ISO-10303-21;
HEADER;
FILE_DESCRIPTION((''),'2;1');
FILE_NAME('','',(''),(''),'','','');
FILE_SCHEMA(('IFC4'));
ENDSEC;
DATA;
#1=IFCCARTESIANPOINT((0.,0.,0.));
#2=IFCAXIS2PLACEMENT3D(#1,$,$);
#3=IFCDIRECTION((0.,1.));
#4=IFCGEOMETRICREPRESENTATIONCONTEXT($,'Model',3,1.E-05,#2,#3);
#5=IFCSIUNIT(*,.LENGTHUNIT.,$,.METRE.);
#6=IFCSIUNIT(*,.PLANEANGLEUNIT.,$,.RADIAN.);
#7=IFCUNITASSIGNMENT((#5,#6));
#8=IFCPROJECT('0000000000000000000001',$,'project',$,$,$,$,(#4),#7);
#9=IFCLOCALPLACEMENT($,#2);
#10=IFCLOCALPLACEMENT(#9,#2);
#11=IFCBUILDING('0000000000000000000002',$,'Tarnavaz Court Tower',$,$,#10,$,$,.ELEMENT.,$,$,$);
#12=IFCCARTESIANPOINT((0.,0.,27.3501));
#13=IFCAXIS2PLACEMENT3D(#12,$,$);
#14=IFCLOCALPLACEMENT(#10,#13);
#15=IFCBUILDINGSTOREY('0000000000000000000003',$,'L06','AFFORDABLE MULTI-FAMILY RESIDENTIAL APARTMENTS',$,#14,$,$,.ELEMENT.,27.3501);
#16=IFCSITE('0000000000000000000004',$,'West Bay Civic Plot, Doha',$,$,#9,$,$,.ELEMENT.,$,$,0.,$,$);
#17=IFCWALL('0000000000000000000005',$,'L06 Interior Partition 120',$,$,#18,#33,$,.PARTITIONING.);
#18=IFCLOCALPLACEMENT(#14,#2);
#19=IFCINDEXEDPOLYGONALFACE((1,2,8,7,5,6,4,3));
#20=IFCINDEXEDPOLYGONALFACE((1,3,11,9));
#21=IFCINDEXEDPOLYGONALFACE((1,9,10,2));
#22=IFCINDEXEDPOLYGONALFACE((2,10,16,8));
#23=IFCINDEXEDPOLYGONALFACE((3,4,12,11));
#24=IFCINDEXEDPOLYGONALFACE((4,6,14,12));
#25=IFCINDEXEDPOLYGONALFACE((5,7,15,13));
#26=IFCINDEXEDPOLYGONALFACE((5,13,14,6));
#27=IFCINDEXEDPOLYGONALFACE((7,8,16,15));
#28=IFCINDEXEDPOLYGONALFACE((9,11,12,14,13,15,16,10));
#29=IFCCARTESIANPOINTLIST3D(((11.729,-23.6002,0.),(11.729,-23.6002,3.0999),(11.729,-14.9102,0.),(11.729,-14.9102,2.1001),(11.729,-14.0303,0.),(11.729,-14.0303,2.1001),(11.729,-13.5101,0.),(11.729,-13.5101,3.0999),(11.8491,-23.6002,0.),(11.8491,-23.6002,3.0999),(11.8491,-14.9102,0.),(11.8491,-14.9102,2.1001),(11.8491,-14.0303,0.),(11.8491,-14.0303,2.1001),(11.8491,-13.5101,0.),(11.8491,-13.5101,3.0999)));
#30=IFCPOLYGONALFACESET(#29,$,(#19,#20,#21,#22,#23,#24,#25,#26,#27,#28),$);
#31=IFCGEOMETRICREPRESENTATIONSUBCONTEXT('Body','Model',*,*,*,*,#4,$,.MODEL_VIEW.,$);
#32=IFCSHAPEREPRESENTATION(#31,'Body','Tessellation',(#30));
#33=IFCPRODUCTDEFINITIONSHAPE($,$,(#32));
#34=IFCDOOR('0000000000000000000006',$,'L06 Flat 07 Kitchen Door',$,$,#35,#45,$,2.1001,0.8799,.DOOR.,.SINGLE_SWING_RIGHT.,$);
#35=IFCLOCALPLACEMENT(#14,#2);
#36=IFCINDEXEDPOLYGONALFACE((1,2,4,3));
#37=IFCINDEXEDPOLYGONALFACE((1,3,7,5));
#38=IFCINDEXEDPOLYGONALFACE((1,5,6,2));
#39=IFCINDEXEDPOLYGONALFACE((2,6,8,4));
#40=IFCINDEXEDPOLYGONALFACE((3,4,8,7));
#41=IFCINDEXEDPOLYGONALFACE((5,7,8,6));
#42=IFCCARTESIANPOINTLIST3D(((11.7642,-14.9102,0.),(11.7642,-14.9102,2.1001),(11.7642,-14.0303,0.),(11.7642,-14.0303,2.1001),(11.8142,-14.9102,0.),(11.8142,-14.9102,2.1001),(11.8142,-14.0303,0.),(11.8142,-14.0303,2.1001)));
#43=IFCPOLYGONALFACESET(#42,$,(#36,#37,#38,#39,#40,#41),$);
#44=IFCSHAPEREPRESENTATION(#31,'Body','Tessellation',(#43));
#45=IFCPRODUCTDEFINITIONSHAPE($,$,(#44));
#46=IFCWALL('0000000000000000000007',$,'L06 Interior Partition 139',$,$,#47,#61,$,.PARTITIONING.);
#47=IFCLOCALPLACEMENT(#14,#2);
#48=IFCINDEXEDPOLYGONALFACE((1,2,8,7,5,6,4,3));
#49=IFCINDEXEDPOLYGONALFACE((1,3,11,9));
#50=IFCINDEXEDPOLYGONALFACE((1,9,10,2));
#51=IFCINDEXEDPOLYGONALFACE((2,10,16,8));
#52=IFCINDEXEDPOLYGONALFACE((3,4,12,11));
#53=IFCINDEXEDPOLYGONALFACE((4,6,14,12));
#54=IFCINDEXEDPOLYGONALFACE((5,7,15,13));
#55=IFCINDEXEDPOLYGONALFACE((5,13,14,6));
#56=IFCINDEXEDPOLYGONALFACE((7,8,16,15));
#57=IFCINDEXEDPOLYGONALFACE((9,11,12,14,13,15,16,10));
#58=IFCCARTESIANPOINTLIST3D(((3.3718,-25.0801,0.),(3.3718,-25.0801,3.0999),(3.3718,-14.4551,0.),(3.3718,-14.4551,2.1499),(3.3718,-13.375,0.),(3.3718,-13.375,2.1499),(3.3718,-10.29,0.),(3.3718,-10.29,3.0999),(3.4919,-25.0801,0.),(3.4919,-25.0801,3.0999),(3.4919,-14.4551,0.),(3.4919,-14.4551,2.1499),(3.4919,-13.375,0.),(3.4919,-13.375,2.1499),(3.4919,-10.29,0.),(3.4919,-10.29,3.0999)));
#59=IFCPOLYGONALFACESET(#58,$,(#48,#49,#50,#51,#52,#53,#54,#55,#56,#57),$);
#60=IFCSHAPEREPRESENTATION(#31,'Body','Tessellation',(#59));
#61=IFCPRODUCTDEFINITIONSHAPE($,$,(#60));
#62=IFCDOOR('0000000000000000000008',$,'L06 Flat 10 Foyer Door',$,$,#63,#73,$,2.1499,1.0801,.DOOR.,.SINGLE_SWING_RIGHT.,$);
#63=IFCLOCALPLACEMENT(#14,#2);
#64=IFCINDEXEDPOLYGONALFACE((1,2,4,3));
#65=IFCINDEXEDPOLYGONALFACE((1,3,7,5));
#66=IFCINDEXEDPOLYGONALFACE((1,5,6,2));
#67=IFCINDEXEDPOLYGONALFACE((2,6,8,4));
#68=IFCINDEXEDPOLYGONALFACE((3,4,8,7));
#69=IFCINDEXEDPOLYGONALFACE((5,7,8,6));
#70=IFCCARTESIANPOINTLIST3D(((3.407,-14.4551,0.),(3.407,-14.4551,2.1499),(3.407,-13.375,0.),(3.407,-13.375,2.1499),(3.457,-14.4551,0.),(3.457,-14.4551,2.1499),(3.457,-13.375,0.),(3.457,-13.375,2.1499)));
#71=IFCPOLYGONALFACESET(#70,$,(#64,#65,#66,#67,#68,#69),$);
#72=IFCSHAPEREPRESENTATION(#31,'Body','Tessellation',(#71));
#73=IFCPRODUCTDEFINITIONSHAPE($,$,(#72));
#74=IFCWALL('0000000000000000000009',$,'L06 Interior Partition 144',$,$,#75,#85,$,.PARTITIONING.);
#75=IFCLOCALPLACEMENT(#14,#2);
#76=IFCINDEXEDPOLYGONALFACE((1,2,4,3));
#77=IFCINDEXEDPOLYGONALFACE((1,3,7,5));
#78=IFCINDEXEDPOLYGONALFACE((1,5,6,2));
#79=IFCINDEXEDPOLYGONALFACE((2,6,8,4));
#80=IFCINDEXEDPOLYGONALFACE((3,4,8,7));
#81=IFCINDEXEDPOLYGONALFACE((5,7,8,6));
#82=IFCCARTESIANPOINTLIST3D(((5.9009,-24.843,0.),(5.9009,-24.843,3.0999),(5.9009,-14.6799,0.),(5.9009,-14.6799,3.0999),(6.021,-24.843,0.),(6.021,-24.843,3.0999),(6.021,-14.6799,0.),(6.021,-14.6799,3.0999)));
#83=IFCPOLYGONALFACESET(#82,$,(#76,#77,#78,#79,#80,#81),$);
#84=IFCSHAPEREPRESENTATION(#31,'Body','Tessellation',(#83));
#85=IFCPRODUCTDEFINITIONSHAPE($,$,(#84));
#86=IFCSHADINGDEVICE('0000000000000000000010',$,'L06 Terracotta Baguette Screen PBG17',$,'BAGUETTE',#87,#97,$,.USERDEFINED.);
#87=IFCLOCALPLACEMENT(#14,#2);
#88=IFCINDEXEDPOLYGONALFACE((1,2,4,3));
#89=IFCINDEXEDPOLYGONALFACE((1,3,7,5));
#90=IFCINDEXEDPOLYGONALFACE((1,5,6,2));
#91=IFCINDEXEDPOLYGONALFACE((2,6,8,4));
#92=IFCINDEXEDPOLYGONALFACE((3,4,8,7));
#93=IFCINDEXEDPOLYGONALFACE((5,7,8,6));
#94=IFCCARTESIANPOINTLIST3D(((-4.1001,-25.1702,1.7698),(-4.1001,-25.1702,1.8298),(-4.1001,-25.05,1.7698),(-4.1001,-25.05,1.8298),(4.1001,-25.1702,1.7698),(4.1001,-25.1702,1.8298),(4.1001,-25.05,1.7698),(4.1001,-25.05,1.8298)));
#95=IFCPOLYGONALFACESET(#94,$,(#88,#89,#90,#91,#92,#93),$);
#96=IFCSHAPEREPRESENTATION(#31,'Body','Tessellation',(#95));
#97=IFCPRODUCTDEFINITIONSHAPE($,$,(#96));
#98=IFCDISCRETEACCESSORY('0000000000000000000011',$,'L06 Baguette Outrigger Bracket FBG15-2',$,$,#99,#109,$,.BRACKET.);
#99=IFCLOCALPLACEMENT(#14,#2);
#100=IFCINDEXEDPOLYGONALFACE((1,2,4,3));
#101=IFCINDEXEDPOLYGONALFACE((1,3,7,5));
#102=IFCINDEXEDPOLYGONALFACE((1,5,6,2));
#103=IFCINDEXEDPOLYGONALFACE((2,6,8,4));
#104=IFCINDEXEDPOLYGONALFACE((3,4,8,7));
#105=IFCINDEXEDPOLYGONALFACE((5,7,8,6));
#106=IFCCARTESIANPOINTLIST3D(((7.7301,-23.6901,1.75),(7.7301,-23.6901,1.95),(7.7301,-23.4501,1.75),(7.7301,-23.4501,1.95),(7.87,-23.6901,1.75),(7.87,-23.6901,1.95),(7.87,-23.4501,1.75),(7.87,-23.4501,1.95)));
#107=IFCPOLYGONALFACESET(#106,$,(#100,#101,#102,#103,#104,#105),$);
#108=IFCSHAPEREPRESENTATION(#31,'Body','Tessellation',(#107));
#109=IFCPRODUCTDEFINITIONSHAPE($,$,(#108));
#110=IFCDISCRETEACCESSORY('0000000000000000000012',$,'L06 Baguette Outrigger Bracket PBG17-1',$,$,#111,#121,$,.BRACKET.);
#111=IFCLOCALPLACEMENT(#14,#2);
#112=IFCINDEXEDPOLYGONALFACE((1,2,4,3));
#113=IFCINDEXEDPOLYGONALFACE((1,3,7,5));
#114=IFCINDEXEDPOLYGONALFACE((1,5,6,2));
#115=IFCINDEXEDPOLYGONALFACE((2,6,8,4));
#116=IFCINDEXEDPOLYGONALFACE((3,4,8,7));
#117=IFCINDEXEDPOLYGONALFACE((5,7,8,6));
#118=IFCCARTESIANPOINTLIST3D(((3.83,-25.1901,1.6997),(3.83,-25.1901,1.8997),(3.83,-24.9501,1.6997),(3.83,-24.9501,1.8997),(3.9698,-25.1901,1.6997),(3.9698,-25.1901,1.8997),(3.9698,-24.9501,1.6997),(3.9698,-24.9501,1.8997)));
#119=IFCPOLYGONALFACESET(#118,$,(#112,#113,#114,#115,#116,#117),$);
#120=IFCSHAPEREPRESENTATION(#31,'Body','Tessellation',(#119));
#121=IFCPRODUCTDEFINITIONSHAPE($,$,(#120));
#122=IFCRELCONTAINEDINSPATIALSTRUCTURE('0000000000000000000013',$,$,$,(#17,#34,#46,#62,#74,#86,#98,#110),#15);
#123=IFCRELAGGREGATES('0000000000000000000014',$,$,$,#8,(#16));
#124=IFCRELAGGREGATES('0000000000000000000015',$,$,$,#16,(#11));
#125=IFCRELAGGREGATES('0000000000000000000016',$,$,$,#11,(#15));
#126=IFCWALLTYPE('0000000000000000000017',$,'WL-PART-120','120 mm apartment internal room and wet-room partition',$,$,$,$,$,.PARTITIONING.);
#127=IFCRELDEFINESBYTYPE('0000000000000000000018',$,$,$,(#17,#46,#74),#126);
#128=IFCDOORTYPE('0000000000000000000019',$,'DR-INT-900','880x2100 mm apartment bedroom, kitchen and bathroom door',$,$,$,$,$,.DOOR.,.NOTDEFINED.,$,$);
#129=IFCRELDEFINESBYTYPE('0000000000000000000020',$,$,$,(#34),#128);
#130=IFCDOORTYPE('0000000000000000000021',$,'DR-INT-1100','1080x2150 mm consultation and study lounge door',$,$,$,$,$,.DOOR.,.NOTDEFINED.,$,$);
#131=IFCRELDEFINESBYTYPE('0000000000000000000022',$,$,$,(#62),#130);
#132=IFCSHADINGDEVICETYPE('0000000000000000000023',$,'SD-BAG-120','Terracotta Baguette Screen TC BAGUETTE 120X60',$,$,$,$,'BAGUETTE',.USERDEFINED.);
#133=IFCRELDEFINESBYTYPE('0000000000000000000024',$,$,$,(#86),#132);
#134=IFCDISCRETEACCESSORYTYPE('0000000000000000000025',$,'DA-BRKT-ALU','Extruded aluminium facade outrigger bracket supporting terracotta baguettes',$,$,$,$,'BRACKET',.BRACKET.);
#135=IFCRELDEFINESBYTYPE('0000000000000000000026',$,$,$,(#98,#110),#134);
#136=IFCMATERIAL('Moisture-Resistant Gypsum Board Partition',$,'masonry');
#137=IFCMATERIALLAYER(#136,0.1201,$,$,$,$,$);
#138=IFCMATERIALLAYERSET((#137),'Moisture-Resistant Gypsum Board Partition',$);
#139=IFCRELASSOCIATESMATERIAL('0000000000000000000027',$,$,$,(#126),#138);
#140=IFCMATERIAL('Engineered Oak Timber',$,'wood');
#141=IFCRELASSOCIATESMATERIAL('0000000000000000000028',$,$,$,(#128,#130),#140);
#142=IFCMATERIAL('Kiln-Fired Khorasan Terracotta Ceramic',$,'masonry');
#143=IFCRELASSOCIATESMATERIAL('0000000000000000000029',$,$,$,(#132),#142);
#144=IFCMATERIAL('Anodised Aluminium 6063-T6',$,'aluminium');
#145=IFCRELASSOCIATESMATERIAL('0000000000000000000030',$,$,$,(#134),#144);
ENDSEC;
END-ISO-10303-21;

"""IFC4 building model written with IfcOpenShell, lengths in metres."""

from ifc_helpers import new_model, si_unit, direction, frame, frame_2d, origin, origin_2d, place, context, subcontext, project, spatial, rectangle, extrude, material, layer, layer_set, material_profile, profile_set, type_object, element, fill, save


model = new_model("IFC4")

# Units and contexts
model_context = context("Model", 3, precision=1e-05, world=origin(), true_north=direction((0.0, 1.0)))
body_context = subcontext(model_context, "Body", "Model", "MODEL_VIEW")
ifc_project = project(units=[si_unit("LENGTHUNIT", "METRE"), si_unit("PLANEANGLEUNIT", "RADIAN")], contexts=[model_context])

# Site, building, storey
site_placement = place(None, origin())
site = spatial("IfcSite", under=ifc_project, at=site_placement, Name="West Bay Civic Plot, Doha", CompositionType="ELEMENT", RefElevation=0.0)
building_placement = place(site_placement, origin())
building = spatial("IfcBuilding", under=site, at=building_placement, Name="Tarnavaz Court Tower", CompositionType="ELEMENT")
storey_placement = place(building_placement, frame((0.0, 0.0, 27.3501)))
storey = spatial("IfcBuildingStorey", under=building, at=storey_placement, Name="L06", Description="AFFORDABLE MULTI-FAMILY RESIDENTIAL APARTMENTS", CompositionType="ELEMENT", Elevation=27.3501)

# Shared definitions
ifc_material_1 = material(Name="Anodised Aluminium 6063-T6", Category="aluminium")

# Walls, openings, doors
ifc_material_2 = material(Name="Moisture-Resistant Gypsum Board Partition", Category="masonry")
ifc_layer_1 = layer(ifc_material_2, 0.1201)
ifc_layer_set_1 = layer_set([ifc_layer_1], Name="Moisture-Resistant Gypsum Board Partition")
wall_type_1 = type_object("IfcWallType", Name="WL-PART-120", Description="120 mm apartment internal room and wet-room partition", PredefinedType="PARTITIONING", material=ifc_layer_set_1)
wall_1_placement = place(storey_placement, frame((11.7891, -23.6001, 0.0), z_axis=(0.0, 0.0, 1.0), x_axis=(0.0, 1.0, 0.0)))
wall_1 = element("IfcWall", 1, at=wall_1_placement, inside=storey, type_object=wall_type_1, Name="L06 Interior Partition 120", PredefinedType="PARTITIONING", context=body_context, shape_type="SweptSolid", body=[
    extrude(rectangle(XDim=10.0901, YDim=0.1201, at=frame_2d((5.0449, 0.0))), origin(), (0.0, 0.0, 1.0), 3.0999),
])
opening_1_placement = place(wall_1_placement, frame((8.6899, 0.0, 0.0)))
opening_1 = element("IfcOpeningElement", 2, at=opening_1_placement, cuts=wall_1, PredefinedType="OPENING", context=body_context, shape_type="SweptSolid", body=[
    extrude(rectangle(XDim=0.8799, YDim=2.1001, at=frame_2d((0.4399, 1.05))), frame((0.0, 0.0701, 0.0), z_axis=(0.0, -1.0, 0.0), x_axis=(1.0, 0.0, 0.0)), (0.0, 0.0, 1.0), 0.1401),
])
ifc_material_3 = material(Name="Engineered Oak Timber", Category="wood")
door_type_1 = type_object("IfcDoorType", Name="DR-INT-900", Description="880x2100 mm apartment bedroom, kitchen and bathroom door", OperationType="NOTDEFINED", PredefinedType="DOOR", material=ifc_material_3)
door_1_placement = place(opening_1_placement, origin())
door_1 = element("IfcDoor", 3, at=door_1_placement, inside=storey, type_object=door_type_1, Name="L06 Flat 07 Kitchen Door", OperationType="SINGLE_SWING_RIGHT", OverallHeight=2.1001, OverallWidth=0.8799, PredefinedType="DOOR", context=body_context, shape_type="SweptSolid", body=[
    extrude(rectangle(XDim=0.8799, YDim=2.1001, at=frame_2d((0.4399, 1.05))), frame((0.0, 0.0249, 0.0), z_axis=(0.0, -1.0, 0.0), x_axis=(1.0, 0.0, 0.0)), (0.0, 0.0, 1.0), 0.05),
])
fill(opening_1, door_1)
wall_2_placement = place(storey_placement, frame((3.4319, -25.0801, 0.0), z_axis=(0.0, 0.0, 1.0), x_axis=(0.0, 1.0, 0.0)))
wall_2 = element("IfcWall", 4, at=wall_2_placement, inside=storey, type_object=wall_type_1, Name="L06 Interior Partition 139", PredefinedType="PARTITIONING", context=body_context, shape_type="SweptSolid", body=[
    extrude(rectangle(XDim=14.79, YDim=0.1201, at=frame_2d((7.395, 0.0))), origin(), (0.0, 0.0, 1.0), 3.0999),
])
opening_2_placement = place(wall_2_placement, frame((10.625, 0.0, 0.0)))
opening_2 = element("IfcOpeningElement", 5, at=opening_2_placement, cuts=wall_2, PredefinedType="OPENING", context=body_context, shape_type="SweptSolid", body=[
    extrude(rectangle(XDim=1.0801, YDim=2.1499, at=frame_2d((0.54, 1.075))), frame((0.0, 0.0701, 0.0), z_axis=(0.0, -1.0, 0.0), x_axis=(1.0, 0.0, 0.0)), (0.0, 0.0, 1.0), 0.1401),
])
door_type_2 = type_object("IfcDoorType", Name="DR-INT-1100", Description="1080x2150 mm consultation and study lounge door", OperationType="NOTDEFINED", PredefinedType="DOOR", material=ifc_material_3)
door_2_placement = place(opening_2_placement, origin())
door_2 = element("IfcDoor", 6, at=door_2_placement, inside=storey, type_object=door_type_2, Name="L06 Flat 10 Foyer Door", OperationType="SINGLE_SWING_RIGHT", OverallHeight=2.1499, OverallWidth=1.0801, PredefinedType="DOOR", context=body_context, shape_type="SweptSolid", body=[
    extrude(rectangle(XDim=1.0801, YDim=2.1499, at=frame_2d((0.54, 1.075))), frame((0.0, 0.0249, 0.0), z_axis=(0.0, -1.0, 0.0), x_axis=(1.0, 0.0, 0.0)), (0.0, 0.0, 1.0), 0.05),
])
fill(opening_2, door_2)

# Wall
wall_3_placement = place(storey_placement, frame((5.9609, -24.843, 0.0), z_axis=(0.0, 0.0, 1.0), x_axis=(0.0, 1.0, 0.0)))
element("IfcWall", 7, at=wall_3_placement, inside=storey, type_object=wall_type_1, Name="L06 Interior Partition 144", PredefinedType="PARTITIONING", context=body_context, shape_type="SweptSolid", body=[
    extrude(rectangle(XDim=10.1631, YDim=0.1201, at=frame_2d((5.0815, 0.0))), origin(), (0.0, 0.0, 1.0), 3.0999),
])

# Shading device
ifc_material_4 = material(Name="Kiln-Fired Khorasan Terracotta Ceramic", Category="masonry")
ifc_material_profile_1 = material_profile(ifc_material_4, rectangle(XDim=0.1201, YDim=0.0601, at=origin_2d()), Name="TC BAGUETTE 120X60")
ifc_profile_set_1 = profile_set([ifc_material_profile_1], Name="Kiln-Fired Khorasan Terracotta Ceramic")
shading_device_type = type_object("IfcShadingDeviceType", Name="SD-BAG-120", Description="Terracotta Baguette Screen TC BAGUETTE 120X60", ElementType="BAGUETTE", PredefinedType="USERDEFINED", material=ifc_profile_set_1)
shading_device_placement = place(storey_placement, frame((4.1001, -25.1101, 1.7998), z_axis=(-1.0, 0.0, 0.0), x_axis=(0.0, -1.0, 0.0)))
element("IfcShadingDevice", 8, at=shading_device_placement, inside=storey, type_object=shading_device_type, Name="L06 Terracotta Baguette Screen PBG17", ObjectType="BAGUETTE", PredefinedType="USERDEFINED", context=body_context, shape_type="SweptSolid", body=[
    extrude(rectangle(XDim=0.1201, YDim=0.0601, at=origin_2d()), origin(), (0.0, 0.0, 1.0), 8.2002),
])

# Discrete accessories
discrete_accessory_type = type_object("IfcDiscreteAccessoryType", Name="DA-BRKT-ALU", Description="Extruded aluminium facade outrigger bracket supporting terracotta baguettes", ElementType="BRACKET", PredefinedType="BRACKET", material=ifc_material_1)
for number, where, z_axis, x_axis, name in (
    (9, (7.8, -23.5701, 1.75), (0.0, 0.0, 1.0), (-1.0, 0.0, 0.0), "L06 Baguette Outrigger Bracket FBG15-2"),
    (10, (3.8999, -25.0701, 1.6997), (0.0, 0.0, 1.0), (-1.0, 0.0, 0.0), "L06 Baguette Outrigger Bracket PBG17-1"),
):
    element("IfcDiscreteAccessory", number, at=place(storey_placement, frame(where, z_axis=z_axis, x_axis=x_axis)), inside=storey, type_object=discrete_accessory_type, Name=name, PredefinedType="BRACKET", context=body_context, shape_type="SweptSolid", body=[
        extrude(rectangle(XDim=0.1399, YDim=0.24, at=origin_2d()), origin(), (0.0, 0.0, 1.0), 0.2),
    ])

save(model, "model.ifc")
